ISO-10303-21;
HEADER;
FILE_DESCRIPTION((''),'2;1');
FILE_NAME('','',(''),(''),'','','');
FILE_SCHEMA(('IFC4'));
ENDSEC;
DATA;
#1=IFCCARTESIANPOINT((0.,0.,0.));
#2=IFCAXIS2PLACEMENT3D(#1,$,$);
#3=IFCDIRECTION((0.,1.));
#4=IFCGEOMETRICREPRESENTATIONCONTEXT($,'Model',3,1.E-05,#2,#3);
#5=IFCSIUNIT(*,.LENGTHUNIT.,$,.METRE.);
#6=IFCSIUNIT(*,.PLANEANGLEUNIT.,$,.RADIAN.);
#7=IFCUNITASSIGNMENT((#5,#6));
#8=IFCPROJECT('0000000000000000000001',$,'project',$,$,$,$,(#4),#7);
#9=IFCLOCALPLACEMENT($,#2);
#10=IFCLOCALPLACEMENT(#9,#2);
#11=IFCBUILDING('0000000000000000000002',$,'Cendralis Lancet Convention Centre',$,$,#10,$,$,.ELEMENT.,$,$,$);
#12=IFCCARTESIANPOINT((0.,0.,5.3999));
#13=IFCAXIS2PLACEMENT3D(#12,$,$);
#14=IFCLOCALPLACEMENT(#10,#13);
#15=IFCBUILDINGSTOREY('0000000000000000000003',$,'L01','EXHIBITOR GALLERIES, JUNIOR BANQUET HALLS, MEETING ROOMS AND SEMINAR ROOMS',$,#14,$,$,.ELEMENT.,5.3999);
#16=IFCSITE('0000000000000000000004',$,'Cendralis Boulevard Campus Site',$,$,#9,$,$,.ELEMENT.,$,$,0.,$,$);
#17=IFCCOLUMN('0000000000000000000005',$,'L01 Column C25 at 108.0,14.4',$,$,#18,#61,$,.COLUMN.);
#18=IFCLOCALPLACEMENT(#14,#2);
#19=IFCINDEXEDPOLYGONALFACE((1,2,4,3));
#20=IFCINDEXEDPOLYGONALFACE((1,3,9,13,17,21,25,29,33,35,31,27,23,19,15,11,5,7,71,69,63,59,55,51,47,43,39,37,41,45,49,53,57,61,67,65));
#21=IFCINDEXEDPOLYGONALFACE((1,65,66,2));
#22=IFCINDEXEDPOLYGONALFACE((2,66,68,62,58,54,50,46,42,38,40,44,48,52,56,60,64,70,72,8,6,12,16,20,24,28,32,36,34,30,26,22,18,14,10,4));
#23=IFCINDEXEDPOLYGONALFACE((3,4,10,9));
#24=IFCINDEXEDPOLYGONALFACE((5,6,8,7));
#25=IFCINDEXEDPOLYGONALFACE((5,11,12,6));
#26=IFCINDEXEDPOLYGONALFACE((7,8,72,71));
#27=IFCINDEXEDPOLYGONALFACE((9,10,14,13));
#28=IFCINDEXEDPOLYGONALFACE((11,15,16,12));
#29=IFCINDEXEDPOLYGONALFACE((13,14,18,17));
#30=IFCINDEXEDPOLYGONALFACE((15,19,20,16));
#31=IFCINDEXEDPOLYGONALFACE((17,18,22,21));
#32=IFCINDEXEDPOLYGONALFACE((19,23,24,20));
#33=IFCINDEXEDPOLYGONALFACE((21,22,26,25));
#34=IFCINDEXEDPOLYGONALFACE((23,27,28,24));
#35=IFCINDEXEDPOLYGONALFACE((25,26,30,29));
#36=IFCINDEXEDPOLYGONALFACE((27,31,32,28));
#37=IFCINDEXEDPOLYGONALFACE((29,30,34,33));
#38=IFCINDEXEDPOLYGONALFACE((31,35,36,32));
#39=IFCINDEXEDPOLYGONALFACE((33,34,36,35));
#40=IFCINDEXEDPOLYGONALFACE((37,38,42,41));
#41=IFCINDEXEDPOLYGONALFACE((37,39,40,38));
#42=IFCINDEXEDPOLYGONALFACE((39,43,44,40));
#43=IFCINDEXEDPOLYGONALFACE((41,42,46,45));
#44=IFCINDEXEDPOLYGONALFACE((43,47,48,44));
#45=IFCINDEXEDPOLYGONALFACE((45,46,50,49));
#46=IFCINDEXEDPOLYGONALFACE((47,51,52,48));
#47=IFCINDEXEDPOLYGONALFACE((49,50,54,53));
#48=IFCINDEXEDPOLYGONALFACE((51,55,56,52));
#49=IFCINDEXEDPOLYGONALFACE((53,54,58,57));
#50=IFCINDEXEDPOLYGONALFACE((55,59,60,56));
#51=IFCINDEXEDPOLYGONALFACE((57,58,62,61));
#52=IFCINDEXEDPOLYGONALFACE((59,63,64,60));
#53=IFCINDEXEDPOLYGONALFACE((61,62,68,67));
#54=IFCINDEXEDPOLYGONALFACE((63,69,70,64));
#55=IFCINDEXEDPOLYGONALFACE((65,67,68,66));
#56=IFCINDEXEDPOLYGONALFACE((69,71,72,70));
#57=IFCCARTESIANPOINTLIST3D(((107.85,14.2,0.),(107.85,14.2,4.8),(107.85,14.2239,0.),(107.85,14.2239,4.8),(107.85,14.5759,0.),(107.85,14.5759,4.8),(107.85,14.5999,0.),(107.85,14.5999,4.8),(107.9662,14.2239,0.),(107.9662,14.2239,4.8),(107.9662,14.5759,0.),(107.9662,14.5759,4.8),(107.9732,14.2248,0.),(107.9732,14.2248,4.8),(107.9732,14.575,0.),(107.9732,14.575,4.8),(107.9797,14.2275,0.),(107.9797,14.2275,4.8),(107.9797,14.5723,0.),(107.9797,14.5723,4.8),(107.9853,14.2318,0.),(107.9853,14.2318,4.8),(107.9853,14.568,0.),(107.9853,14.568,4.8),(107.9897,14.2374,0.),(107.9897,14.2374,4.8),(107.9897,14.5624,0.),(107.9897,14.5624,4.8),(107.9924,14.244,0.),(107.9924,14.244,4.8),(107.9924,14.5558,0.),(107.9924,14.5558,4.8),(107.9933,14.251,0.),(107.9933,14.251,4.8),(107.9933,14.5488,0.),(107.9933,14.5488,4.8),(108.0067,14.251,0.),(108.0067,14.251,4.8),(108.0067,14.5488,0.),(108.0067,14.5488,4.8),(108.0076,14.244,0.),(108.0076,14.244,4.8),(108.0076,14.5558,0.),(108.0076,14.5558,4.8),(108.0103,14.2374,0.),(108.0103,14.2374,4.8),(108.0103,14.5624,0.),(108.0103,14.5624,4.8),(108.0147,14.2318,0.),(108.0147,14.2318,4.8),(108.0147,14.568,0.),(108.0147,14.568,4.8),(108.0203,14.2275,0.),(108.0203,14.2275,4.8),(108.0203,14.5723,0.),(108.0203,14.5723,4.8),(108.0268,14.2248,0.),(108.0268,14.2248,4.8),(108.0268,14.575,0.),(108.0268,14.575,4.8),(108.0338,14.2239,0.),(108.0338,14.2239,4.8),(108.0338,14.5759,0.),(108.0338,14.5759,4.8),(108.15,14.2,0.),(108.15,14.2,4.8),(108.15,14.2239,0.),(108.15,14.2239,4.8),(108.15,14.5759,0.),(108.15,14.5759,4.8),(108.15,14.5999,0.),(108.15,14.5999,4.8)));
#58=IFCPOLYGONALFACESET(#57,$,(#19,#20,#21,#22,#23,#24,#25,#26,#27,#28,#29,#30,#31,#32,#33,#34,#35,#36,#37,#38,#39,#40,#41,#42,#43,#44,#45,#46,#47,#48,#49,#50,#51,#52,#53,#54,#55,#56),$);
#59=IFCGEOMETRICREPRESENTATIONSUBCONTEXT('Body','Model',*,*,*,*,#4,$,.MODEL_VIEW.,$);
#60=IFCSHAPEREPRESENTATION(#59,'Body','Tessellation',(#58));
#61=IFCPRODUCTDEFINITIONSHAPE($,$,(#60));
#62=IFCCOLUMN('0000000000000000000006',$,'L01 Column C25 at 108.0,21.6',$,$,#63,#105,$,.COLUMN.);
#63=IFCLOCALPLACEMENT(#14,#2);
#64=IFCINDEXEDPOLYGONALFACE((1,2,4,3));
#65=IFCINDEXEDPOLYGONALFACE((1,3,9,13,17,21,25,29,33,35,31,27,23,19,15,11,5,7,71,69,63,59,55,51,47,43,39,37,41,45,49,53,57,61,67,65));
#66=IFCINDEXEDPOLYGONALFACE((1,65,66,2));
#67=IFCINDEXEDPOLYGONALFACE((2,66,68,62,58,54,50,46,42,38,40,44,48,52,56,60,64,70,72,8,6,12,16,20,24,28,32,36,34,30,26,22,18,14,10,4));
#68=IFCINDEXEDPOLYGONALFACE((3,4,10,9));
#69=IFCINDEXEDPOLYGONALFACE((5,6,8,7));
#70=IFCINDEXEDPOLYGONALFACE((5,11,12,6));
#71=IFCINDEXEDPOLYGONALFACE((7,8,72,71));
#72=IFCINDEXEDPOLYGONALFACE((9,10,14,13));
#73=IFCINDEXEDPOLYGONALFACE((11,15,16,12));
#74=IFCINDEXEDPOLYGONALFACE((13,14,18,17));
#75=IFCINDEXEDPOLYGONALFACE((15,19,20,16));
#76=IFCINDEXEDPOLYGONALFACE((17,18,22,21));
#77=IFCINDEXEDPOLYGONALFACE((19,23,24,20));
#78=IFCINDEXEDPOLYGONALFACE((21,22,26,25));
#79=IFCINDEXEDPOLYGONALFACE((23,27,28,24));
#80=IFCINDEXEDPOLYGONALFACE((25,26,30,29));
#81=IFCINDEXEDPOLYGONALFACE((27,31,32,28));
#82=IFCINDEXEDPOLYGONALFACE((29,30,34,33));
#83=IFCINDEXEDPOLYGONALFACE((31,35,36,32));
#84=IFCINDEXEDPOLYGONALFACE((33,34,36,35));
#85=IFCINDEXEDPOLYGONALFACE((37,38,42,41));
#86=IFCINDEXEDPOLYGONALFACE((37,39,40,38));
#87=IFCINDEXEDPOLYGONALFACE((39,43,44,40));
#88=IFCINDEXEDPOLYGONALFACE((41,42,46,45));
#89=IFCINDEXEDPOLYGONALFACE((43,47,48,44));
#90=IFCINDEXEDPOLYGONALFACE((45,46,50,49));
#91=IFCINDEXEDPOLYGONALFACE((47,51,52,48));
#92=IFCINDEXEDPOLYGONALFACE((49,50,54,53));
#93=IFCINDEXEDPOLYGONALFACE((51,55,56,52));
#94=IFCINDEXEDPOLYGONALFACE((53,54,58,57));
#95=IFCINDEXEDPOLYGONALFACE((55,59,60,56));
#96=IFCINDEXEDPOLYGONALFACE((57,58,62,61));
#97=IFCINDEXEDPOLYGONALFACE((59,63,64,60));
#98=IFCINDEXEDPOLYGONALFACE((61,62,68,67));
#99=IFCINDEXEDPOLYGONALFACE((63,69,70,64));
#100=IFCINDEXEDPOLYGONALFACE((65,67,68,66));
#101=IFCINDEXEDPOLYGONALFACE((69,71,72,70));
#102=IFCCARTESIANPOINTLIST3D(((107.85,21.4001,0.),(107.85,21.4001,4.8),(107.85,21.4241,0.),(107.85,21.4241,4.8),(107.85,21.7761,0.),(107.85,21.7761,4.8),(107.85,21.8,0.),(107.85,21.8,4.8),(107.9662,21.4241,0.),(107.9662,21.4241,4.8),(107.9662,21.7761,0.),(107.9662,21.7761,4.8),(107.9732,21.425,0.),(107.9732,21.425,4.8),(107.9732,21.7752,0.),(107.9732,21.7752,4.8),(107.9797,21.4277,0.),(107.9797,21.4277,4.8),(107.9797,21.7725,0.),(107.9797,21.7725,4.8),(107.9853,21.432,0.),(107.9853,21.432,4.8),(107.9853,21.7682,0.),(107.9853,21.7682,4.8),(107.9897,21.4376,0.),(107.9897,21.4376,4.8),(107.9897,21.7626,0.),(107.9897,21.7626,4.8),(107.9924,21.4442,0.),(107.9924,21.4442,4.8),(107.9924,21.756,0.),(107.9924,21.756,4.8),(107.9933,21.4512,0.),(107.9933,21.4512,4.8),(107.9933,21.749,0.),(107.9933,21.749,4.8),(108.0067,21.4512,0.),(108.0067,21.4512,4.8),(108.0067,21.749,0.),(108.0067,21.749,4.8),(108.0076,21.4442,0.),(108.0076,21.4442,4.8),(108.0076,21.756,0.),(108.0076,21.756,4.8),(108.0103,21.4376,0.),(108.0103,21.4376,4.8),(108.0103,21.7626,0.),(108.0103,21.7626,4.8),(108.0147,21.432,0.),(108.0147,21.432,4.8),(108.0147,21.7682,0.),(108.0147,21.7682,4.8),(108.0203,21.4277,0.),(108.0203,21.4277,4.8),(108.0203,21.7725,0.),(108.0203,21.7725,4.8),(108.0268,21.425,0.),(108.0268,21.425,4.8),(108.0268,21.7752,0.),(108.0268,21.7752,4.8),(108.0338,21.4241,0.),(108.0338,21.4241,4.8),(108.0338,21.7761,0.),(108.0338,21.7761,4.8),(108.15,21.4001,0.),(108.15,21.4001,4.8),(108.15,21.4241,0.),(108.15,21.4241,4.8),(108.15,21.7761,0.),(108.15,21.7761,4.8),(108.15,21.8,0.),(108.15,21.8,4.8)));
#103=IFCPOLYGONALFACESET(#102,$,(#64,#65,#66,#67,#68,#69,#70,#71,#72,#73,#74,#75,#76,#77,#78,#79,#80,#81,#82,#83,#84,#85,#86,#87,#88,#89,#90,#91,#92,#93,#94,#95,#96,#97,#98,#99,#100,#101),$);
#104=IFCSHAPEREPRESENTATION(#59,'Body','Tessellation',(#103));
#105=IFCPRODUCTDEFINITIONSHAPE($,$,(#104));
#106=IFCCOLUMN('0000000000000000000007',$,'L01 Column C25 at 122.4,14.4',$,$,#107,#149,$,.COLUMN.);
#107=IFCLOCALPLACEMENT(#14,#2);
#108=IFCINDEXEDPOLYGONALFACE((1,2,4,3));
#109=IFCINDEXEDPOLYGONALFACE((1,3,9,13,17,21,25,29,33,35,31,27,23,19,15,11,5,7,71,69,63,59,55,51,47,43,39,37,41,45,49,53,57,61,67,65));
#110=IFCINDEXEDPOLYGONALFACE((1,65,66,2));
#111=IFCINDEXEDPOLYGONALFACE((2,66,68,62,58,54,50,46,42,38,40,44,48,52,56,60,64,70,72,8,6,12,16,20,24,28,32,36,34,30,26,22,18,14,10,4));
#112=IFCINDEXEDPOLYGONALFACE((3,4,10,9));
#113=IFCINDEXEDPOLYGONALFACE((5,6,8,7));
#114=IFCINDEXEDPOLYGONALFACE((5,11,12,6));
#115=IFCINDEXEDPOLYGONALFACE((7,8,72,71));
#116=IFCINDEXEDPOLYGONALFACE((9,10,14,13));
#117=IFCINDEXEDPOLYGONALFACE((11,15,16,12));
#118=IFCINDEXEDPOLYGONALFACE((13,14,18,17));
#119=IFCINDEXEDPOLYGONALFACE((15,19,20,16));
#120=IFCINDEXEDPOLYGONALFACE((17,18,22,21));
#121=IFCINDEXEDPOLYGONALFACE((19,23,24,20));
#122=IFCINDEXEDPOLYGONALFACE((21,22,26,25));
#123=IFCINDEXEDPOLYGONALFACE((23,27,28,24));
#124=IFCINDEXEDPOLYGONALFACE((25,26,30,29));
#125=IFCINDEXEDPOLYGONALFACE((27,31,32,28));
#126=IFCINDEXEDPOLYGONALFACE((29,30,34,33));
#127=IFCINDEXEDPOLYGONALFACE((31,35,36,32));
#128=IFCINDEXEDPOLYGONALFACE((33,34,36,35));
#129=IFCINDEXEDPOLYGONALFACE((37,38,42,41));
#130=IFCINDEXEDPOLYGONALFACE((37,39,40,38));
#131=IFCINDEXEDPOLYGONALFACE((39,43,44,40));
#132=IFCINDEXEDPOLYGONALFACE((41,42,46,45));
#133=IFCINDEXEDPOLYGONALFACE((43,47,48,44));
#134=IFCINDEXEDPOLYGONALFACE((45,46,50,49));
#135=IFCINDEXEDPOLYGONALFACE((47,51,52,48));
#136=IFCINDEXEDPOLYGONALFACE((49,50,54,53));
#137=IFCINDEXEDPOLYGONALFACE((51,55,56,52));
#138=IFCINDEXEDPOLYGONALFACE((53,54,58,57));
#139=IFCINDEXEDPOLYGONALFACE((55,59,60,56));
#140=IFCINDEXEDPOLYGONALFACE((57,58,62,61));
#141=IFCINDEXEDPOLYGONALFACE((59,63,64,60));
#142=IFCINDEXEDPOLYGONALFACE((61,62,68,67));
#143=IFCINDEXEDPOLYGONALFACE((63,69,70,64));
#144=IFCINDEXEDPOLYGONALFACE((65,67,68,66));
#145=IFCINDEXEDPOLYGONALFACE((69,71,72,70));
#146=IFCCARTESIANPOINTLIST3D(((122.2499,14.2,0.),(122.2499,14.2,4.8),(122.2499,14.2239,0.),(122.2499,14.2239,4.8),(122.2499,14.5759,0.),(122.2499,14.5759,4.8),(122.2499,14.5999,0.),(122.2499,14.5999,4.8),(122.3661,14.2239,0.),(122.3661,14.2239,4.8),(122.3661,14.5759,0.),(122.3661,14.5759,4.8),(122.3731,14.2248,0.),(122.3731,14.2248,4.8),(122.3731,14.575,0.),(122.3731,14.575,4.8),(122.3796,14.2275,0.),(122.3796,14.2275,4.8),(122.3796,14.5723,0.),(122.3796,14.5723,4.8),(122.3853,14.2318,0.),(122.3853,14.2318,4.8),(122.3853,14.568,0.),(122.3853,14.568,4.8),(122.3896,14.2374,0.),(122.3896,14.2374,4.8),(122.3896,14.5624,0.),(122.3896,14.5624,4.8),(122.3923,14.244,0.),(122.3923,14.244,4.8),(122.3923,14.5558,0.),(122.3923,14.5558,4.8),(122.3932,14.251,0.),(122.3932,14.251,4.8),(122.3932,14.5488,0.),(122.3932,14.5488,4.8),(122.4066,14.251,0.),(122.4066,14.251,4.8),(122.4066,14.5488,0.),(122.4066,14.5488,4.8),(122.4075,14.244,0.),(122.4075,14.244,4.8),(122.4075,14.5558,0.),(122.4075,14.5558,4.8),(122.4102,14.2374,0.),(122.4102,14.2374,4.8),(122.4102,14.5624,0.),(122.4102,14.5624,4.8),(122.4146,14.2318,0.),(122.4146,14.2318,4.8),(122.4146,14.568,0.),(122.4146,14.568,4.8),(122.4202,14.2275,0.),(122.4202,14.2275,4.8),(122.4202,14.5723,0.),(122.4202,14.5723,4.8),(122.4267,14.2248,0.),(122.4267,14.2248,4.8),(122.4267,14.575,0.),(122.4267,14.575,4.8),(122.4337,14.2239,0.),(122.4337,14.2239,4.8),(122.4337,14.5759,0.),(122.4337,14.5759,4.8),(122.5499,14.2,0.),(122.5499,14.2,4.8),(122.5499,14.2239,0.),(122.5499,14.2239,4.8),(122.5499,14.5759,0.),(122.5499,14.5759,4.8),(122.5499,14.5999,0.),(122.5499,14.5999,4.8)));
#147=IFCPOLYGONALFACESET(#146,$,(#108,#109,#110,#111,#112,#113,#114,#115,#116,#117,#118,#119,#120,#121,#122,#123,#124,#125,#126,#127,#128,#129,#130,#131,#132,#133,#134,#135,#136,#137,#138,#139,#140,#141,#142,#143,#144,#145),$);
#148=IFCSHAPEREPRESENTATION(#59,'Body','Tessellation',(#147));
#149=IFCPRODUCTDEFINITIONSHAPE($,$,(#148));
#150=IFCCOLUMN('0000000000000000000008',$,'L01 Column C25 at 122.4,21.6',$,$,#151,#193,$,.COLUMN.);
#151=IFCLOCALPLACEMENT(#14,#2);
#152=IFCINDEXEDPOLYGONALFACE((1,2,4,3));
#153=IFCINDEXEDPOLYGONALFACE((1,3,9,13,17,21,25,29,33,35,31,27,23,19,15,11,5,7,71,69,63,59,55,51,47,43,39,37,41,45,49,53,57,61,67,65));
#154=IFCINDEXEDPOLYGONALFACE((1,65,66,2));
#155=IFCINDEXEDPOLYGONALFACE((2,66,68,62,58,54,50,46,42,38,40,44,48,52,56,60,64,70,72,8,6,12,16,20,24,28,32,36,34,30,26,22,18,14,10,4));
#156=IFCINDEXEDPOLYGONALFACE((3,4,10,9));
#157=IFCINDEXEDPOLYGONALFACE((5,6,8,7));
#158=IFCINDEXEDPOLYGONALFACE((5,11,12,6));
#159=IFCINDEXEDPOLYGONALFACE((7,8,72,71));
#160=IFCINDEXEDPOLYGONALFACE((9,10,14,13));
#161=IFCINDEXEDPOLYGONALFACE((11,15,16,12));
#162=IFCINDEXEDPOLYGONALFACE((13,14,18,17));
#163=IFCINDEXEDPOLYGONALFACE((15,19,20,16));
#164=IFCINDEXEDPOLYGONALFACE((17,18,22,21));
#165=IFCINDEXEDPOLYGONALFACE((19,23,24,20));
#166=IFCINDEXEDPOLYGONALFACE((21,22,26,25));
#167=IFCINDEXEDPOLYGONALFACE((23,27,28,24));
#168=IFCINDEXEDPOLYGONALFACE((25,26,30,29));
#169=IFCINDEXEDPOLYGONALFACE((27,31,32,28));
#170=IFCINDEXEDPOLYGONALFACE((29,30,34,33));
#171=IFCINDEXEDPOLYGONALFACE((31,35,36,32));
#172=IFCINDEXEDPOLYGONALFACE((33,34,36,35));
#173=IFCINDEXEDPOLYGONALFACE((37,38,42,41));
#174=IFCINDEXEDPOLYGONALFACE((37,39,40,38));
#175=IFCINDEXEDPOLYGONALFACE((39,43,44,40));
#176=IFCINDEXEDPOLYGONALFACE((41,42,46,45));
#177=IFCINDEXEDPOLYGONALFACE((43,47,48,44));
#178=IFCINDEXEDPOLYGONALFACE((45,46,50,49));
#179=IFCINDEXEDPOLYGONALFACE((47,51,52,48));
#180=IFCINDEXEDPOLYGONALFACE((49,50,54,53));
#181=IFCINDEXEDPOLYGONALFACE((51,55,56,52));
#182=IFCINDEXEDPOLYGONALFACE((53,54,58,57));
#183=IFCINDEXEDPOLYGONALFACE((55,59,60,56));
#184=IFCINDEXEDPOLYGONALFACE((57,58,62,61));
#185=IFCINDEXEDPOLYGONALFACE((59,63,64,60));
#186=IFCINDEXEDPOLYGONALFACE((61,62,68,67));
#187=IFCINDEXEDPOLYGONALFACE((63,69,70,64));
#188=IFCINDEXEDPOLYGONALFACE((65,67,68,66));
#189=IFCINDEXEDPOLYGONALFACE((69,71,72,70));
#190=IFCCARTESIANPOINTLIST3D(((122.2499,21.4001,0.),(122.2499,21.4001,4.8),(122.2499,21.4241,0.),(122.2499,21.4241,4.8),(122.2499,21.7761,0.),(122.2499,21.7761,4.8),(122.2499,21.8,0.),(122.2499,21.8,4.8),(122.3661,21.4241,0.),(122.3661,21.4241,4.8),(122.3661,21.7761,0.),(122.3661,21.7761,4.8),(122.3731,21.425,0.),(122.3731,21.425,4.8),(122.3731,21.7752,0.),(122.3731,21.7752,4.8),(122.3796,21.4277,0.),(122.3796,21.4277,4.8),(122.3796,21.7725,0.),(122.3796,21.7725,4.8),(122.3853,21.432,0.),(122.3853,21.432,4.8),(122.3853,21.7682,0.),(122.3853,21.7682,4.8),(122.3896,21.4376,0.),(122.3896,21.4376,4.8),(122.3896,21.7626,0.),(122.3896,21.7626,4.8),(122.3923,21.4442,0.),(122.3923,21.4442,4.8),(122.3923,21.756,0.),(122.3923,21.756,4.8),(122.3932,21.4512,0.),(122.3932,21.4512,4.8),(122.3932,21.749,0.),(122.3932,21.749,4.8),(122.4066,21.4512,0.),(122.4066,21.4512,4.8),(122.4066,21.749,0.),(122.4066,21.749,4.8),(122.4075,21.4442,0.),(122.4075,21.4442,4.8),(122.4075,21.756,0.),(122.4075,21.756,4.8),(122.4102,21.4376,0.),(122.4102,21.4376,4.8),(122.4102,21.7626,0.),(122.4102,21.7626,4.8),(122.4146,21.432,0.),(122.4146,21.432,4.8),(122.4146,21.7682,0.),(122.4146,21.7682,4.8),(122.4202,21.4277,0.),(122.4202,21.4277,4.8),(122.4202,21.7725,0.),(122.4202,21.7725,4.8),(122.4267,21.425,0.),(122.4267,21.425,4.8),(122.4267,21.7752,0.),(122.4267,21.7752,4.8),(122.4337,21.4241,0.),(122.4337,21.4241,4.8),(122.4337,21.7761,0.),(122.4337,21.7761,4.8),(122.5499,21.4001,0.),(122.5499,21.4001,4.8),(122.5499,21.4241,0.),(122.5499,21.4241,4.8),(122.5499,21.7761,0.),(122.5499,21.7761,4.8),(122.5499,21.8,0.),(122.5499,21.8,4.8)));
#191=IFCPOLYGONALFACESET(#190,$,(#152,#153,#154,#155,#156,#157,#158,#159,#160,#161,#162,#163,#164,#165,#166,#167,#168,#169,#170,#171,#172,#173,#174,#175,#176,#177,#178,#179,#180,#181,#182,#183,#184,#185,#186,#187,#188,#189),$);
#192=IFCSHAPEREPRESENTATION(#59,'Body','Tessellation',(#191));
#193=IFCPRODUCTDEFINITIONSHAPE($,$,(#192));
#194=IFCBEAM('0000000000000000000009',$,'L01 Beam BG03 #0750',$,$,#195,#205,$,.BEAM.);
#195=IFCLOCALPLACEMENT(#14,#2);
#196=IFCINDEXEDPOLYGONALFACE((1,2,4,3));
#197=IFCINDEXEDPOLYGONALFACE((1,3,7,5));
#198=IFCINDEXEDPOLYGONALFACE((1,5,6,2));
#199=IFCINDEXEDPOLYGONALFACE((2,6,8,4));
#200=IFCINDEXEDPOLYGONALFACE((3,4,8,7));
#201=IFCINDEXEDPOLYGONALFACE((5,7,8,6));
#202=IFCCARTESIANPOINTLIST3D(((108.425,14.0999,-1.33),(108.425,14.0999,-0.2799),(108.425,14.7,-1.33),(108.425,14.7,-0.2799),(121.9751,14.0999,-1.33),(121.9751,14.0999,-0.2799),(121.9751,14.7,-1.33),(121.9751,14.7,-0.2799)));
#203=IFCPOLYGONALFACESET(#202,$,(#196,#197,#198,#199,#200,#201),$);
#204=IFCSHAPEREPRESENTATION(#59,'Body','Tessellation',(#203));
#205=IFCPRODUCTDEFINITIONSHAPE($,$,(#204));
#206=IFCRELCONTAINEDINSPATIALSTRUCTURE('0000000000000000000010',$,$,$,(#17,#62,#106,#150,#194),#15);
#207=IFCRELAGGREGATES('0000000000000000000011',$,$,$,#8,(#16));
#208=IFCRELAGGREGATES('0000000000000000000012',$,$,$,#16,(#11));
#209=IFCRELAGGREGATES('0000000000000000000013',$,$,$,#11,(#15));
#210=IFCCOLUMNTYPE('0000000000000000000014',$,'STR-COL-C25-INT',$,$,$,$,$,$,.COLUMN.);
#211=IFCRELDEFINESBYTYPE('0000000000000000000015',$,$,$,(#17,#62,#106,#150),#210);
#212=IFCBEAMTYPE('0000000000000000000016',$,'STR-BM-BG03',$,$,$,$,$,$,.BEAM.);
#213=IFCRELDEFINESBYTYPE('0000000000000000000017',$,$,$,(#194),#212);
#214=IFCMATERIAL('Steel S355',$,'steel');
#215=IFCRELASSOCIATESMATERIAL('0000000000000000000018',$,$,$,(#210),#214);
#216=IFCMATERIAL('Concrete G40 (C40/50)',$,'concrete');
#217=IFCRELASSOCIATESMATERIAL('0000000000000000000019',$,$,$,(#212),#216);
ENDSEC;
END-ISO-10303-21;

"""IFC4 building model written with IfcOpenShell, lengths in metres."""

from ifc_helpers import new_model, si_unit, direction, frame, origin, origin_2d, place, context, subcontext, project, spatial, rectangle, i_section, extrude, material, material_profile, profile_set, type_object, element, save


model = new_model("IFC4")

# Units and contexts
model_context = context("Model", 3, precision=1e-05, world=origin(), true_north=direction((0.0, 1.0)))
body_context = subcontext(model_context, "Body", "Model", "MODEL_VIEW")
ifc_project = project(units=[si_unit("LENGTHUNIT", "METRE"), si_unit("PLANEANGLEUNIT", "RADIAN")], contexts=[model_context])

# Site, building, storey
site_placement = place(None, origin())
site = spatial("IfcSite", under=ifc_project, at=site_placement, Name="Cendralis Boulevard Campus Site", CompositionType="ELEMENT", RefElevation=0.0)
building_placement = place(site_placement, origin())
building = spatial("IfcBuilding", under=site, at=building_placement, Name="Cendralis Lancet Convention Centre", CompositionType="ELEMENT")
storey_placement = place(building_placement, frame((0.0, 0.0, 5.3999)))
storey = spatial("IfcBuildingStorey", under=building, at=storey_placement, Name="L01", Description="EXHIBITOR GALLERIES, JUNIOR BANQUET HALLS, MEETING ROOMS AND SEMINAR ROOMS", CompositionType="ELEMENT", Elevation=5.3999)

# Columns
ifc_material_1 = material(Name="Steel S355", Category="steel")
ifc_material_profile_1 = material_profile(ifc_material_1, i_section(OverallWidth=0.3, OverallDepth=0.3999, WebThickness=0.0134, FlangeThickness=0.0239, FilletRadius=0.0271, at=origin_2d()), Name="HEB 400")
ifc_profile_set_1 = profile_set([ifc_material_profile_1], Name="Steel S355")
column_type = type_object("IfcColumnType", Name="STR-COL-C25-INT", PredefinedType="COLUMN", material=ifc_profile_set_1)
for number, where, z_axis, x_axis, name in (
    (1, (108.0, 14.3999, 0.0), (0.0, 0.0, 1.0), (1.0, 0.0, 0.0), "L01 Column C25 at 108.0,14.4"),
    (2, (108.0, 21.6001, 0.0), (0.0, 0.0, 1.0), (1.0, 0.0, 0.0), "L01 Column C25 at 108.0,21.6"),
    (3, (122.3999, 14.3999, 0.0), (0.0, 0.0, 1.0), (1.0, 0.0, 0.0), "L01 Column C25 at 122.4,14.4"),
    (4, (122.3999, 21.6001, 0.0), (0.0, 0.0, 1.0), (1.0, 0.0, 0.0), "L01 Column C25 at 122.4,21.6"),
):
    element("IfcColumn", number, at=place(storey_placement, frame(where, z_axis=z_axis, x_axis=x_axis)), inside=storey, type_object=column_type, Name=name, PredefinedType="COLUMN", context=body_context, shape_type="SweptSolid", body=[
        extrude(i_section(OverallWidth=0.3, OverallDepth=0.3999, WebThickness=0.0134, FlangeThickness=0.0239, FilletRadius=0.0271, at=origin_2d()), origin(), (0.0, 0.0, 1.0), 4.8),
    ])

# Beam
ifc_material_2 = material(Name="Concrete G40 (C40/50)", Category="concrete")
ifc_material_profile_2 = material_profile(ifc_material_2, rectangle(XDim=0.6001, YDim=1.05, at=origin_2d()), Name="RCB 600x1050")
ifc_profile_set_2 = profile_set([ifc_material_profile_2], Name="Concrete G40 (C40/50)")
beam_type_1 = type_object("IfcBeamType", Name="STR-BM-BG03", PredefinedType="BEAM", material=ifc_profile_set_2)
for number, where, z_axis, x_axis, name in (
    (5, (108.425, 14.3999, -0.8049), (1.0, 0.0, 0.0), (0.0, 1.0, 0.0), "L01 Beam BG03 #0750"),
):
    element("IfcBeam", number, at=place(storey_placement, frame(where, z_axis=z_axis, x_axis=x_axis)), inside=storey, type_object=beam_type_1, Name=name, PredefinedType="BEAM", context=body_context, shape_type="SweptSolid", body=[
        extrude(rectangle(XDim=0.6001, YDim=1.05, at=origin_2d()), origin(), (0.0, 0.0, 1.0), 13.55),
    ])

save(model, "model.ifc")
